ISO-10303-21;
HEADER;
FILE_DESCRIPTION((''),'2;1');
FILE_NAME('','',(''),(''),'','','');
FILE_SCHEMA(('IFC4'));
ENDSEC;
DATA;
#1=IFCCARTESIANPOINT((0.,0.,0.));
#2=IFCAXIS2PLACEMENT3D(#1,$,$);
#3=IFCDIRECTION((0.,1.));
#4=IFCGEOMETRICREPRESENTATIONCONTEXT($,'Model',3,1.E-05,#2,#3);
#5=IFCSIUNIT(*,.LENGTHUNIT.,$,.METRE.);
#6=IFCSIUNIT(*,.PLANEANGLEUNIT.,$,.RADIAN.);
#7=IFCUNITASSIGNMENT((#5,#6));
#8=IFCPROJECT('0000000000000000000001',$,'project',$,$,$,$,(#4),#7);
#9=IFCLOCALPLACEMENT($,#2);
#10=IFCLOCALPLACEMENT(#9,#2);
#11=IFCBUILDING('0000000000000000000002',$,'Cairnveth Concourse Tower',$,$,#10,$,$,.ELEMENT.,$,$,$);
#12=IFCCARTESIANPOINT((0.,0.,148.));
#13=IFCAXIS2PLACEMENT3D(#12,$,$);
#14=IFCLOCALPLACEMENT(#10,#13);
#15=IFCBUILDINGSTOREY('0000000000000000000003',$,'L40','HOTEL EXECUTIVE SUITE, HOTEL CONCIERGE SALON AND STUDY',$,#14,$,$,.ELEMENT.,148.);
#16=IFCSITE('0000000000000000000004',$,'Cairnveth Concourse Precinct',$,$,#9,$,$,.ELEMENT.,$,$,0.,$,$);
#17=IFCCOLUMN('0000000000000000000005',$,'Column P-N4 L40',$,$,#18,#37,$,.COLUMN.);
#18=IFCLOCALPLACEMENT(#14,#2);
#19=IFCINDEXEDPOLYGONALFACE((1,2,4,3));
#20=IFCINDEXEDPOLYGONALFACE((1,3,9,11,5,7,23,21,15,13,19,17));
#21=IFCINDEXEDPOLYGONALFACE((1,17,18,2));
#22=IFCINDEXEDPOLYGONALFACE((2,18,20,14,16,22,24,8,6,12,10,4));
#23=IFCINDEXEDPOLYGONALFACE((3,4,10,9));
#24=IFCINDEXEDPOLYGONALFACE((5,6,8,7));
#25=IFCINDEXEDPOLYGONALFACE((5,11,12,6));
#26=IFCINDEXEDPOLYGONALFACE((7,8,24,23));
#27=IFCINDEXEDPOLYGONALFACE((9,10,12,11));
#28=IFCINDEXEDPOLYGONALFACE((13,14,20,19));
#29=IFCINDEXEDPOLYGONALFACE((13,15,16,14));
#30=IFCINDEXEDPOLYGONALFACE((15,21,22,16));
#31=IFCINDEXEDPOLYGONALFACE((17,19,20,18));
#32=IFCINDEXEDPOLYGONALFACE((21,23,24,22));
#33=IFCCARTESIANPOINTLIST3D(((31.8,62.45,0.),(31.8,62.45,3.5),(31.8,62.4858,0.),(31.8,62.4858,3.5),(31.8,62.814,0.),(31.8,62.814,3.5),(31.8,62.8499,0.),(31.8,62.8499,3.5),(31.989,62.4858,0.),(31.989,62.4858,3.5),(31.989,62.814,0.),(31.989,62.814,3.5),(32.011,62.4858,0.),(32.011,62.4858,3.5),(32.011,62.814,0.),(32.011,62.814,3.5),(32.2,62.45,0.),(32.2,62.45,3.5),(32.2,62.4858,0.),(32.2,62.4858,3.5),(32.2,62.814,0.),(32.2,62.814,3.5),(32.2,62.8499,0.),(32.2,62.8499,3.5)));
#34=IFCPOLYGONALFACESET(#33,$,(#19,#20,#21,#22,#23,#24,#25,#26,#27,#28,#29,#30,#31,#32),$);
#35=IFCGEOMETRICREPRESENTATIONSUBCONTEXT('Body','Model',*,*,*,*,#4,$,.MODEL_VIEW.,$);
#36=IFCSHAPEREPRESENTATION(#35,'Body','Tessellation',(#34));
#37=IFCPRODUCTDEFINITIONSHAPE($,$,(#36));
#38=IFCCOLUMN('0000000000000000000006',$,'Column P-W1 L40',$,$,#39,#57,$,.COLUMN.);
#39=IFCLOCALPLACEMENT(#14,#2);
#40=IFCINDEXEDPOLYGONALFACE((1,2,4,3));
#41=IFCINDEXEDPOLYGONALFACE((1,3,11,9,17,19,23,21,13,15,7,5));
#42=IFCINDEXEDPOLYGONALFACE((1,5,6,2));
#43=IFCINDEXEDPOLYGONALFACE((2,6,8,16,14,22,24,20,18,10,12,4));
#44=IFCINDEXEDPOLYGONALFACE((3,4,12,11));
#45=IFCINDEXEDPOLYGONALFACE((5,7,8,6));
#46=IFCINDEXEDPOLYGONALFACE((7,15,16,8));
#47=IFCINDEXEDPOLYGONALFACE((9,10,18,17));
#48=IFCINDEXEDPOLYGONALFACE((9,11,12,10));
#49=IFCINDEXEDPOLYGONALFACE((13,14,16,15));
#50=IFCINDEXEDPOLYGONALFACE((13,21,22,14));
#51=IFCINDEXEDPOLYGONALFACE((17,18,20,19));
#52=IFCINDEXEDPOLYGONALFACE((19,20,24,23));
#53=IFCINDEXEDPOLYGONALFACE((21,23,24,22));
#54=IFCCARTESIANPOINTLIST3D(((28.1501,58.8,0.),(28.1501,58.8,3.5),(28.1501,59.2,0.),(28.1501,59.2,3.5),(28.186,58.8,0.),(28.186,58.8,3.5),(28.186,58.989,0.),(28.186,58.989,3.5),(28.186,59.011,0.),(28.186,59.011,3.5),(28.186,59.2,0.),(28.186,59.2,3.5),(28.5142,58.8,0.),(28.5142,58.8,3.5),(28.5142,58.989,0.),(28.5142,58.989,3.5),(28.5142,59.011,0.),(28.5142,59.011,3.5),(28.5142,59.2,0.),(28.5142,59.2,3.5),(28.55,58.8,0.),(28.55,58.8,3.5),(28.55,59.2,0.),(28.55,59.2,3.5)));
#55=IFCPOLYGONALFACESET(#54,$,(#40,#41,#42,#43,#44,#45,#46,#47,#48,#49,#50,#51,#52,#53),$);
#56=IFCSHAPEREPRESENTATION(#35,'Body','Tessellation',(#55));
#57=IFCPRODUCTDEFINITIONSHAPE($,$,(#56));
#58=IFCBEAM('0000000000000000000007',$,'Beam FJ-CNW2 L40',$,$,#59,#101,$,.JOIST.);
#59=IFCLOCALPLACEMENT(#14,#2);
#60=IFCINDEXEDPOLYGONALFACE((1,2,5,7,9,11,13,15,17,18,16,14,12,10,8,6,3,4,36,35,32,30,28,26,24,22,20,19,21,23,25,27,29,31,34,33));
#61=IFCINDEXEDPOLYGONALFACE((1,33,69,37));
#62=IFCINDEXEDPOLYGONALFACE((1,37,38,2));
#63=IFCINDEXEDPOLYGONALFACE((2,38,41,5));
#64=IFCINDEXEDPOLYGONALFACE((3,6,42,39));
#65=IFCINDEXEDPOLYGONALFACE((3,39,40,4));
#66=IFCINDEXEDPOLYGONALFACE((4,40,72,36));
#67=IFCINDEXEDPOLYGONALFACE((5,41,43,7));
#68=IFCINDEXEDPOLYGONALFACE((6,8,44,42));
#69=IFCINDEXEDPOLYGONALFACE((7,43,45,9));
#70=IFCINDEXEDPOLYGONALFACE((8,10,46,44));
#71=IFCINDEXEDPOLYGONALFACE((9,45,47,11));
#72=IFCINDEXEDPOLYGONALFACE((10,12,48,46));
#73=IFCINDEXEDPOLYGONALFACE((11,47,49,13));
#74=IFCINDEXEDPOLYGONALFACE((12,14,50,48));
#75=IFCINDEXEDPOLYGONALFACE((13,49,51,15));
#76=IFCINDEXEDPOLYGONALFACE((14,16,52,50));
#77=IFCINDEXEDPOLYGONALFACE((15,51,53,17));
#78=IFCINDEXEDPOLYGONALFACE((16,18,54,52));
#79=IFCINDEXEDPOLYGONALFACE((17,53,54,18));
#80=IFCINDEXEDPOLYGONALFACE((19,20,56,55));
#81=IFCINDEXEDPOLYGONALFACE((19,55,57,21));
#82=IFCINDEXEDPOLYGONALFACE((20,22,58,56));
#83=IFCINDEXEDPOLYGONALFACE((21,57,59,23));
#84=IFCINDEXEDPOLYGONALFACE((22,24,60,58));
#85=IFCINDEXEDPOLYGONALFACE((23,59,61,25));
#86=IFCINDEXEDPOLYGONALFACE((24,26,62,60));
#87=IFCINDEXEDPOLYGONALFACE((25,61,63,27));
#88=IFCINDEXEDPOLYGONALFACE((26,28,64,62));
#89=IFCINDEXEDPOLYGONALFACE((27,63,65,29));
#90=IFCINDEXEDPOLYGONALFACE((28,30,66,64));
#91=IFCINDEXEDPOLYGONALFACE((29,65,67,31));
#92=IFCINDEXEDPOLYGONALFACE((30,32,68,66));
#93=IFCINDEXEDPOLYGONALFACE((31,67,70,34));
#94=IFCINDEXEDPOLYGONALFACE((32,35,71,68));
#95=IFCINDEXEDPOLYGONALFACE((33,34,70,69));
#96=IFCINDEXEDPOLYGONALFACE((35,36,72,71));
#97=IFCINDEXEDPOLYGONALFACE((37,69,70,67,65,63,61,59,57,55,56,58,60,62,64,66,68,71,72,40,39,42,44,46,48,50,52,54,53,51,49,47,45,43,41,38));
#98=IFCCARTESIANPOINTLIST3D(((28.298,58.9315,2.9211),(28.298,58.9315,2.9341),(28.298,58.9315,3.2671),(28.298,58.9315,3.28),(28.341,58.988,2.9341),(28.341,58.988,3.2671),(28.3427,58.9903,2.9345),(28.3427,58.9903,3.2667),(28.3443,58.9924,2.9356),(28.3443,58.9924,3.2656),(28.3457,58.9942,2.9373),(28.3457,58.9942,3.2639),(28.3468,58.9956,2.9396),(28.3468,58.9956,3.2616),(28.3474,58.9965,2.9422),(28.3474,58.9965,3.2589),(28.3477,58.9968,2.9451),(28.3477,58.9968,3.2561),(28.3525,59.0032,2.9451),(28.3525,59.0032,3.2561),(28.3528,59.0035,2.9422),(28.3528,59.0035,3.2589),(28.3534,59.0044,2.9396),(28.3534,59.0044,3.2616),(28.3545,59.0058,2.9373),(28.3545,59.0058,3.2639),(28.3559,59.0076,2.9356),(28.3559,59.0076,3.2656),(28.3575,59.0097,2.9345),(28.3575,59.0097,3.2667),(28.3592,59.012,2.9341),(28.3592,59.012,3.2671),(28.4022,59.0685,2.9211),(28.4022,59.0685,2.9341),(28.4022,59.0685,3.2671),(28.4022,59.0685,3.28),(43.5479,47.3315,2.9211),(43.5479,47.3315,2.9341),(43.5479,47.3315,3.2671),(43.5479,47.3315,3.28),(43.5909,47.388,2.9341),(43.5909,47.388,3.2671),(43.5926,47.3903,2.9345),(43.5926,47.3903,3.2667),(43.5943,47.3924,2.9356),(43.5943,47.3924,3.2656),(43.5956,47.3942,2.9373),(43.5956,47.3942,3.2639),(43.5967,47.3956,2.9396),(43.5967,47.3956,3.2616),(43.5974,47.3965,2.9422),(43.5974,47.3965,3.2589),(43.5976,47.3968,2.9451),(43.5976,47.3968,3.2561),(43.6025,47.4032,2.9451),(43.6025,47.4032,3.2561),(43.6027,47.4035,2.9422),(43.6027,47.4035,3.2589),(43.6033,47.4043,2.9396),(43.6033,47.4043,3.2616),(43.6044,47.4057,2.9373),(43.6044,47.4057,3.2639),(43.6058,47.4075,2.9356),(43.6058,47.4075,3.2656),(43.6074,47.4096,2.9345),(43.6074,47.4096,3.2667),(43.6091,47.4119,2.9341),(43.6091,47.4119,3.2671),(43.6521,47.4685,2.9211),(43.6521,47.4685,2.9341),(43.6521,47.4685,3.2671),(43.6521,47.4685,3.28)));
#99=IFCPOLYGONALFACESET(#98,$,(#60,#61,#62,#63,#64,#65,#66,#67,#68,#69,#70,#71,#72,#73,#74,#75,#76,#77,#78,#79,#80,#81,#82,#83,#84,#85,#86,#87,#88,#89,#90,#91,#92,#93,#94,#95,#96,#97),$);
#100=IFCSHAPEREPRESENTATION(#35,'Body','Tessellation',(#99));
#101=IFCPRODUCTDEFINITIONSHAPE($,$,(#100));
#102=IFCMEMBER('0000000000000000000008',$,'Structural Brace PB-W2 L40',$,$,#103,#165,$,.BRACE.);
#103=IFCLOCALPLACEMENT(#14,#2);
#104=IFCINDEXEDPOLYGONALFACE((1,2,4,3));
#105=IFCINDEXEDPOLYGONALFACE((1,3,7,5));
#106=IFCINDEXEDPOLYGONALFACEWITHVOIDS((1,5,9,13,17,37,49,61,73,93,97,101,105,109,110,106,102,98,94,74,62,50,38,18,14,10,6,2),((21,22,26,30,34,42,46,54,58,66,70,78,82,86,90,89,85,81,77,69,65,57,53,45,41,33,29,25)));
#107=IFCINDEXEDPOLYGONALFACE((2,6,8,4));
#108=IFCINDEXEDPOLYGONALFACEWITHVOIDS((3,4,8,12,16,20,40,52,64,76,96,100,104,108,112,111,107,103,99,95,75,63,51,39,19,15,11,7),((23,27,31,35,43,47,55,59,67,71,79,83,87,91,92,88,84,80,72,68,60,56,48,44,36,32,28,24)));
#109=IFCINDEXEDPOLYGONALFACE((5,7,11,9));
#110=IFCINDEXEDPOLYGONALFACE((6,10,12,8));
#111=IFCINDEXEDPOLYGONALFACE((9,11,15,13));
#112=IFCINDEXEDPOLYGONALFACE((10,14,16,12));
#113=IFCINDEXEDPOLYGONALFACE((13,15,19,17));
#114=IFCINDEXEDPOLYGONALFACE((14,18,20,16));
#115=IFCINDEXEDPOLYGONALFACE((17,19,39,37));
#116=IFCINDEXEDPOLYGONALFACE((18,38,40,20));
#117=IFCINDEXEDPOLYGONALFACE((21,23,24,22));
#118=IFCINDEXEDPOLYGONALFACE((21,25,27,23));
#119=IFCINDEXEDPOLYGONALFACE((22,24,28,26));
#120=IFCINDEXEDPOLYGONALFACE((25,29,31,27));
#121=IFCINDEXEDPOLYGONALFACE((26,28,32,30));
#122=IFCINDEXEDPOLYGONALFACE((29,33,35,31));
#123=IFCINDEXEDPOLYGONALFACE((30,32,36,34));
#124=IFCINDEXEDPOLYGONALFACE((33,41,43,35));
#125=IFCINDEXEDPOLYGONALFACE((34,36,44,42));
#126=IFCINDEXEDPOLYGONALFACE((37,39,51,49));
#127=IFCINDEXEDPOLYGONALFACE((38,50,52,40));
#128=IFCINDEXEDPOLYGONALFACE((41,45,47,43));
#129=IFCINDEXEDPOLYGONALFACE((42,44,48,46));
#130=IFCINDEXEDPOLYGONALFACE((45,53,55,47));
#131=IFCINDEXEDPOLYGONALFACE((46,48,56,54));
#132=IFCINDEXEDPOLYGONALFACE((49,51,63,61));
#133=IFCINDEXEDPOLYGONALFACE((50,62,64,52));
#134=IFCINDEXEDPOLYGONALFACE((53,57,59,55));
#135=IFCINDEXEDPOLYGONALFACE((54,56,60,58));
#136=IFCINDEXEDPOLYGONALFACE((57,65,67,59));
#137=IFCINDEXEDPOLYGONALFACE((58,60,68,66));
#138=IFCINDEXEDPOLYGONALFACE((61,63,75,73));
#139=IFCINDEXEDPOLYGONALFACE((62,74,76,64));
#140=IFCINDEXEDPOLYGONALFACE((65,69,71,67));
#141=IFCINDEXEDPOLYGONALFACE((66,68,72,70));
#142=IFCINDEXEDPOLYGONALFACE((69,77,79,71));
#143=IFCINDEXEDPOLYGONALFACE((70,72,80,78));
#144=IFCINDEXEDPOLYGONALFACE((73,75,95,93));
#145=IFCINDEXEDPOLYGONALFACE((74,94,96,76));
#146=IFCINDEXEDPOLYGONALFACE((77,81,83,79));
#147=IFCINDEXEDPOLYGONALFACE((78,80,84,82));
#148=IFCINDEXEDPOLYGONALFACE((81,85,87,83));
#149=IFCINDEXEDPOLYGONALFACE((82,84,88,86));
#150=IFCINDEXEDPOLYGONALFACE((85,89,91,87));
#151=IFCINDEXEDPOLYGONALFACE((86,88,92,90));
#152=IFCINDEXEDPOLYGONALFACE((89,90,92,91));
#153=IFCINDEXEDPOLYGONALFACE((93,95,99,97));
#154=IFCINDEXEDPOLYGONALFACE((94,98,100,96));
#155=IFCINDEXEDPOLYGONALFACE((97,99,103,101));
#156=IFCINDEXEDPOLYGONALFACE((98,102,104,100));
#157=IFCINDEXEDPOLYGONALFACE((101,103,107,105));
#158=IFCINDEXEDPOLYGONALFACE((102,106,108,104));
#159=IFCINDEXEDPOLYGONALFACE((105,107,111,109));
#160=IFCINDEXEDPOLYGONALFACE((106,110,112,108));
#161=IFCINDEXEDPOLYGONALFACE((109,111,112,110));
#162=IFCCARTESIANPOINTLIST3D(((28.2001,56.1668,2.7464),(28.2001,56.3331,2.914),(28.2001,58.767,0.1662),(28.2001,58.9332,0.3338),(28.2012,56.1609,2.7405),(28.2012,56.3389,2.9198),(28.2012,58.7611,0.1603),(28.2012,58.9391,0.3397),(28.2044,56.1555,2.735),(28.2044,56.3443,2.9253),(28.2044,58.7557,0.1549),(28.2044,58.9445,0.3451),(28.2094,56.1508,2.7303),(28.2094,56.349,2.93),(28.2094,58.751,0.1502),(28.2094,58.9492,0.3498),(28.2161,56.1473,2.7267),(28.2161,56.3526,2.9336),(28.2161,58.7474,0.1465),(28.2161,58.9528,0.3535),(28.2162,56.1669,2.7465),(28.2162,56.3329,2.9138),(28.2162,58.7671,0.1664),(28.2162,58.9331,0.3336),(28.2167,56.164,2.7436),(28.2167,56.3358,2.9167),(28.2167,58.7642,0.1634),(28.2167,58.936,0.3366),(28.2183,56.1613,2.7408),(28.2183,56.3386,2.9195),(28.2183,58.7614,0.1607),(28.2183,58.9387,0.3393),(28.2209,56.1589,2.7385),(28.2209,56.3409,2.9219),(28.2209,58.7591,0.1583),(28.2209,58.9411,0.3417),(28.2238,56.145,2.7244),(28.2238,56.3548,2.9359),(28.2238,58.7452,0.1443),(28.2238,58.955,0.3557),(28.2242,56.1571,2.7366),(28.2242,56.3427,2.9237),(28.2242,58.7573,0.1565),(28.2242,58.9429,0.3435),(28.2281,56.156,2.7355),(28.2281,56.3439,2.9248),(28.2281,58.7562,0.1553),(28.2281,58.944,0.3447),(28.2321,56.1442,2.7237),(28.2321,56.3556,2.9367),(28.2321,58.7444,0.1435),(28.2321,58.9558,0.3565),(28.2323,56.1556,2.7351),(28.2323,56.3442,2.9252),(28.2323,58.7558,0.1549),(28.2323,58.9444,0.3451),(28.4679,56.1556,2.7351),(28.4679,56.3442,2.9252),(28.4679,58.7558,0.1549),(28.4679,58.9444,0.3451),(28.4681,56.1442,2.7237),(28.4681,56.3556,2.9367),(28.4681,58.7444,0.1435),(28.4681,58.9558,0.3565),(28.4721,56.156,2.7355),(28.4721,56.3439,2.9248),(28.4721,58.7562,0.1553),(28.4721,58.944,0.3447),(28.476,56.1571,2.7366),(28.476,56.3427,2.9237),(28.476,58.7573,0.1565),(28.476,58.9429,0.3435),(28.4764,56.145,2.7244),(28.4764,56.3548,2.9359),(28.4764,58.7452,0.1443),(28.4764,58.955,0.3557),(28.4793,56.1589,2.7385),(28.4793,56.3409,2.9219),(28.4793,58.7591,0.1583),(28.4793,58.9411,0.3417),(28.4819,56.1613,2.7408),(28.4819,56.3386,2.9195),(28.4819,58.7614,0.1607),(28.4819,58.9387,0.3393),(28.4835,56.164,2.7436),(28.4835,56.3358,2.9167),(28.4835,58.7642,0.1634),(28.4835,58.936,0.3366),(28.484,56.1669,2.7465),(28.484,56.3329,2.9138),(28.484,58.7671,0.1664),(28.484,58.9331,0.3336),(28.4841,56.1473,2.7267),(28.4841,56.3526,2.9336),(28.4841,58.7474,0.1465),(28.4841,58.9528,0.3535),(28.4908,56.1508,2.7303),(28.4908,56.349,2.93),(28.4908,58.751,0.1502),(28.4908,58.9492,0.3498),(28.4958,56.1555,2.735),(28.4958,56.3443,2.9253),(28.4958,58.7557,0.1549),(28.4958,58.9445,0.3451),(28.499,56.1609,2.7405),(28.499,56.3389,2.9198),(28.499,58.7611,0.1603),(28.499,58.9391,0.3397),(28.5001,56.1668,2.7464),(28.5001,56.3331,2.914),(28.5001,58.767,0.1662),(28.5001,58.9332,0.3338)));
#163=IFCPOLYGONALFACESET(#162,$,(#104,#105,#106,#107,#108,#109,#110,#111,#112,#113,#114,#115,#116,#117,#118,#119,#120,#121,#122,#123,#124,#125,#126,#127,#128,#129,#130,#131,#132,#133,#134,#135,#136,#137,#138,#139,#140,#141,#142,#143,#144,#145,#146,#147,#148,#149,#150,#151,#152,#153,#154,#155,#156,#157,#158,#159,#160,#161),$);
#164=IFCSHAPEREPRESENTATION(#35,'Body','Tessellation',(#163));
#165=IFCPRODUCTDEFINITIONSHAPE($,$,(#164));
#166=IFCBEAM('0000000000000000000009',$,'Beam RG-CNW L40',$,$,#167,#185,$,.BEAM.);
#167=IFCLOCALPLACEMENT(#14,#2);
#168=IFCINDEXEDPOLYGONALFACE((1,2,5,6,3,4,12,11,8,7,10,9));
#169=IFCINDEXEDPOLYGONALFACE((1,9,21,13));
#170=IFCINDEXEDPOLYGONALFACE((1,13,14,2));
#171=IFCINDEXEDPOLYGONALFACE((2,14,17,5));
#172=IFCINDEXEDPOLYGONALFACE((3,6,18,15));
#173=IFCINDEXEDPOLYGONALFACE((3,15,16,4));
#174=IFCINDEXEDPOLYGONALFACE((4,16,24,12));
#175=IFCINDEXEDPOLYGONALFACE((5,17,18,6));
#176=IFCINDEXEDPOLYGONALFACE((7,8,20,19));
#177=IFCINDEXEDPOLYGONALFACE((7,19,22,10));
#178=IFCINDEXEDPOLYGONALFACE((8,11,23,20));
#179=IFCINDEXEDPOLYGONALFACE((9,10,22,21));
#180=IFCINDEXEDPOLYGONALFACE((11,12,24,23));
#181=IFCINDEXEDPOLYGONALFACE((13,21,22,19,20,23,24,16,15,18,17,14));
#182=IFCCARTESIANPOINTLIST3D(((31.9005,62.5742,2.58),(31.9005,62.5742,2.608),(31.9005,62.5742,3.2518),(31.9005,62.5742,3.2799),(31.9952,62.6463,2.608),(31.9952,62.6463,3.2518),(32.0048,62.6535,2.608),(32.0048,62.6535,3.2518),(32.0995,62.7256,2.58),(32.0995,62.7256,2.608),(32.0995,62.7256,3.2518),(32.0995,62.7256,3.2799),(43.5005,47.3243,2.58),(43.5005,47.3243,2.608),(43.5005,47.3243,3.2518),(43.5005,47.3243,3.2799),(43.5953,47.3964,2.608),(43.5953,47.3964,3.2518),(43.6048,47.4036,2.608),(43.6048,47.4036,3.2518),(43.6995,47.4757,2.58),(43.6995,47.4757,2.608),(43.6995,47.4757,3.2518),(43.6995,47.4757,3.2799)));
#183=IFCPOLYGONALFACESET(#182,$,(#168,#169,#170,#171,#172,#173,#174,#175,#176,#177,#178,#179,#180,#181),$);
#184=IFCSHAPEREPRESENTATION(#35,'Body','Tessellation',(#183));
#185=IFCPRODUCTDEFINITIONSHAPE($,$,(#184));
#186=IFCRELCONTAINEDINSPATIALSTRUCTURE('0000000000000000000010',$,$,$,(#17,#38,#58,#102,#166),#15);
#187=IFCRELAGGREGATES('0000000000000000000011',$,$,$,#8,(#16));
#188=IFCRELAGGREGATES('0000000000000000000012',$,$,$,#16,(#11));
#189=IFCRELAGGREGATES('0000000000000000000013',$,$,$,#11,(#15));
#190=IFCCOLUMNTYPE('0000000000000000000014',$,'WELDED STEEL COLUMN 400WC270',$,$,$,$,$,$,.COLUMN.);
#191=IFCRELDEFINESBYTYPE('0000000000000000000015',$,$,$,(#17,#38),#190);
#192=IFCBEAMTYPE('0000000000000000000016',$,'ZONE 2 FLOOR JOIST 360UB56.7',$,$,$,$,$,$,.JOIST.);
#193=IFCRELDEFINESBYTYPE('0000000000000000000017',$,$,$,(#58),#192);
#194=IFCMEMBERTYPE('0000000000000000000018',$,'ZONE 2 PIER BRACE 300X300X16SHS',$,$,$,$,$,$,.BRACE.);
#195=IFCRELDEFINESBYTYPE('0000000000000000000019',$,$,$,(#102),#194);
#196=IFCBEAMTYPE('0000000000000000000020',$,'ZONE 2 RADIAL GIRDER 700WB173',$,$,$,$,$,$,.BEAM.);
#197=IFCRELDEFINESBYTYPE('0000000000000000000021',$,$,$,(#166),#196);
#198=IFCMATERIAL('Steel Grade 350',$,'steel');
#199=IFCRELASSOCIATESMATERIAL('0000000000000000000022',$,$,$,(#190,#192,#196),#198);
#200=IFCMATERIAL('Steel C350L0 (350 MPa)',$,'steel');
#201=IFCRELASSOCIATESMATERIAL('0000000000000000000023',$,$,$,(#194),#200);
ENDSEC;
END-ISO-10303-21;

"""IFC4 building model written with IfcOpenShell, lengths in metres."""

from ifc_helpers import new_model, si_unit, direction, frame, origin, origin_2d, place, context, subcontext, project, spatial, hollow_rectangle, i_section, extrude, material, material_profile, profile_set, type_object, element, save


model = new_model("IFC4")

# Units and contexts
model_context = context("Model", 3, precision=1e-05, world=origin(), true_north=direction((0.0, 1.0)))
body_context = subcontext(model_context, "Body", "Model", "MODEL_VIEW")
ifc_project = project(units=[si_unit("LENGTHUNIT", "METRE"), si_unit("PLANEANGLEUNIT", "RADIAN")], contexts=[model_context])

# Site, building, storey
site_placement = place(None, origin())
site = spatial("IfcSite", under=ifc_project, at=site_placement, Name="Cairnveth Concourse Precinct", CompositionType="ELEMENT", RefElevation=0.0)
building_placement = place(site_placement, origin())
building = spatial("IfcBuilding", under=site, at=building_placement, Name="Cairnveth Concourse Tower", CompositionType="ELEMENT")
storey_placement = place(building_placement, frame((0.0, 0.0, 148.0)))
storey = spatial("IfcBuildingStorey", under=building, at=storey_placement, Name="L40", Description="HOTEL EXECUTIVE SUITE, HOTEL CONCIERGE SALON AND STUDY", CompositionType="ELEMENT", Elevation=148.0)

# Columns
ifc_material_1 = material(Name="Steel Grade 350", Category="steel")
ifc_material_profile_1 = material_profile(ifc_material_1, i_section(OverallWidth=0.3999, OverallDepth=0.3999, WebThickness=0.022, FlangeThickness=0.0359, at=origin_2d()), Name="400WC270")
ifc_profile_set_1 = profile_set([ifc_material_profile_1], Name="Steel Grade 350")
column_type = type_object("IfcColumnType", Name="WELDED STEEL COLUMN 400WC270", PredefinedType="COLUMN", material=ifc_profile_set_1)
for number, where, z_axis, x_axis, name in (
    (1, (32.0, 62.6499, 0.0), (0.0, 0.0, 1.0), (1.0, 0.0, 0.0), "Column P-N4 L40"),
    (2, (28.3501, 59.0, 0.0), (0.0, 0.0, 1.0), (0.0, 1.0, 0.0), "Column P-W1 L40"),
):
    element("IfcColumn", number, at=place(storey_placement, frame(where, z_axis=z_axis, x_axis=x_axis)), inside=storey, type_object=column_type, Name=name, PredefinedType="COLUMN", context=body_context, shape_type="SweptSolid", body=[
        extrude(i_section(OverallWidth=0.3999, OverallDepth=0.3999, WebThickness=0.022, FlangeThickness=0.0359, at=origin_2d()), origin(), (0.0, 0.0, 1.0), 3.5),
    ])

# Beam
ifc_material_profile_2 = material_profile(ifc_material_1, i_section(OverallWidth=0.1721, OverallDepth=0.3589, WebThickness=0.0081, FlangeThickness=0.0129, FilletRadius=0.011, at=origin_2d()), Name="360UB56.7")
ifc_profile_set_2 = profile_set([ifc_material_profile_2], Name="Steel Grade 350")
beam_type_1 = type_object("IfcBeamType", Name="ZONE 2 FLOOR JOIST 360UB56.7", PredefinedType="JOIST", material=ifc_profile_set_2)
beam_1_placement = place(storey_placement, frame((28.3501, 59.0, 3.1006), z_axis=(0.795908, -0.605417, 0.0), x_axis=(0.605417, 0.795908, 0.0)))
element("IfcBeam", 3, at=beam_1_placement, inside=storey, type_object=beam_type_1, Name="Beam FJ-CNW2 L40", PredefinedType="JOIST", context=body_context, shape_type="SweptSolid", body=[
    extrude(i_section(OverallWidth=0.1721, OverallDepth=0.3589, WebThickness=0.0081, FlangeThickness=0.0129, FilletRadius=0.011, at=origin_2d()), origin(), (0.0, 0.0, 1.0), 19.1604),
])

# Member
ifc_material_2 = material(Name="Steel C350L0 (350 MPa)", Category="steel")
ifc_material_profile_3 = material_profile(ifc_material_2, hollow_rectangle(XDim=0.3, YDim=0.3, WallThickness=0.0161, InnerFilletRadius=0.0161, OuterFilletRadius=0.032, at=origin_2d()), Name="300x300x16.0SHS")
ifc_profile_set_3 = profile_set([ifc_material_profile_3], Name="Steel C350L0 (350 MPa)")
member_type = type_object("IfcMemberType", Name="ZONE 2 PIER BRACE 300X300X16SHS", PredefinedType="BRACE", material=ifc_profile_set_3)
member_placement = place(storey_placement, frame((28.3501, 58.8501, 0.25), z_axis=(0.0, -0.709834, 0.704369), x_axis=(1.0, 0.0, 0.0)))
element("IfcMember", 4, at=member_placement, inside=storey, type_object=member_type, Name="Structural Brace PB-W2 L40", PredefinedType="BRACE", context=body_context, shape_type="SweptSolid", body=[
    extrude(hollow_rectangle(XDim=0.3, YDim=0.3, WallThickness=0.0161, InnerFilletRadius=0.0161, OuterFilletRadius=0.032, at=origin_2d()), origin(), (0.0, 0.0, 1.0), 3.6631),
])

# Beam
ifc_material_profile_4 = material_profile(ifc_material_1, i_section(OverallWidth=0.25, OverallDepth=0.7, WebThickness=0.012, FlangeThickness=0.0281, at=origin_2d()), Name="700WB173")
ifc_profile_set_4 = profile_set([ifc_material_profile_4], Name="Steel Grade 350")
beam_type_2 = type_object("IfcBeamType", Name="ZONE 2 RADIAL GIRDER 700WB173", PredefinedType="BEAM", material=ifc_profile_set_4)
beam_2_placement = place(storey_placement, frame((32.0, 62.6499, 2.9299), z_axis=(0.605417, -0.795908, 0.0), x_axis=(0.795908, 0.605417, 0.0)))
element("IfcBeam", 5, at=beam_2_placement, inside=storey, type_object=beam_type_2, Name="Beam RG-CNW L40", PredefinedType="BEAM", context=body_context, shape_type="SweptSolid", body=[
    extrude(i_section(OverallWidth=0.25, OverallDepth=0.7, WebThickness=0.012, FlangeThickness=0.0281, at=origin_2d()), origin(), (0.0, 0.0, 1.0), 19.1604),
])

save(model, "model.ifc")
